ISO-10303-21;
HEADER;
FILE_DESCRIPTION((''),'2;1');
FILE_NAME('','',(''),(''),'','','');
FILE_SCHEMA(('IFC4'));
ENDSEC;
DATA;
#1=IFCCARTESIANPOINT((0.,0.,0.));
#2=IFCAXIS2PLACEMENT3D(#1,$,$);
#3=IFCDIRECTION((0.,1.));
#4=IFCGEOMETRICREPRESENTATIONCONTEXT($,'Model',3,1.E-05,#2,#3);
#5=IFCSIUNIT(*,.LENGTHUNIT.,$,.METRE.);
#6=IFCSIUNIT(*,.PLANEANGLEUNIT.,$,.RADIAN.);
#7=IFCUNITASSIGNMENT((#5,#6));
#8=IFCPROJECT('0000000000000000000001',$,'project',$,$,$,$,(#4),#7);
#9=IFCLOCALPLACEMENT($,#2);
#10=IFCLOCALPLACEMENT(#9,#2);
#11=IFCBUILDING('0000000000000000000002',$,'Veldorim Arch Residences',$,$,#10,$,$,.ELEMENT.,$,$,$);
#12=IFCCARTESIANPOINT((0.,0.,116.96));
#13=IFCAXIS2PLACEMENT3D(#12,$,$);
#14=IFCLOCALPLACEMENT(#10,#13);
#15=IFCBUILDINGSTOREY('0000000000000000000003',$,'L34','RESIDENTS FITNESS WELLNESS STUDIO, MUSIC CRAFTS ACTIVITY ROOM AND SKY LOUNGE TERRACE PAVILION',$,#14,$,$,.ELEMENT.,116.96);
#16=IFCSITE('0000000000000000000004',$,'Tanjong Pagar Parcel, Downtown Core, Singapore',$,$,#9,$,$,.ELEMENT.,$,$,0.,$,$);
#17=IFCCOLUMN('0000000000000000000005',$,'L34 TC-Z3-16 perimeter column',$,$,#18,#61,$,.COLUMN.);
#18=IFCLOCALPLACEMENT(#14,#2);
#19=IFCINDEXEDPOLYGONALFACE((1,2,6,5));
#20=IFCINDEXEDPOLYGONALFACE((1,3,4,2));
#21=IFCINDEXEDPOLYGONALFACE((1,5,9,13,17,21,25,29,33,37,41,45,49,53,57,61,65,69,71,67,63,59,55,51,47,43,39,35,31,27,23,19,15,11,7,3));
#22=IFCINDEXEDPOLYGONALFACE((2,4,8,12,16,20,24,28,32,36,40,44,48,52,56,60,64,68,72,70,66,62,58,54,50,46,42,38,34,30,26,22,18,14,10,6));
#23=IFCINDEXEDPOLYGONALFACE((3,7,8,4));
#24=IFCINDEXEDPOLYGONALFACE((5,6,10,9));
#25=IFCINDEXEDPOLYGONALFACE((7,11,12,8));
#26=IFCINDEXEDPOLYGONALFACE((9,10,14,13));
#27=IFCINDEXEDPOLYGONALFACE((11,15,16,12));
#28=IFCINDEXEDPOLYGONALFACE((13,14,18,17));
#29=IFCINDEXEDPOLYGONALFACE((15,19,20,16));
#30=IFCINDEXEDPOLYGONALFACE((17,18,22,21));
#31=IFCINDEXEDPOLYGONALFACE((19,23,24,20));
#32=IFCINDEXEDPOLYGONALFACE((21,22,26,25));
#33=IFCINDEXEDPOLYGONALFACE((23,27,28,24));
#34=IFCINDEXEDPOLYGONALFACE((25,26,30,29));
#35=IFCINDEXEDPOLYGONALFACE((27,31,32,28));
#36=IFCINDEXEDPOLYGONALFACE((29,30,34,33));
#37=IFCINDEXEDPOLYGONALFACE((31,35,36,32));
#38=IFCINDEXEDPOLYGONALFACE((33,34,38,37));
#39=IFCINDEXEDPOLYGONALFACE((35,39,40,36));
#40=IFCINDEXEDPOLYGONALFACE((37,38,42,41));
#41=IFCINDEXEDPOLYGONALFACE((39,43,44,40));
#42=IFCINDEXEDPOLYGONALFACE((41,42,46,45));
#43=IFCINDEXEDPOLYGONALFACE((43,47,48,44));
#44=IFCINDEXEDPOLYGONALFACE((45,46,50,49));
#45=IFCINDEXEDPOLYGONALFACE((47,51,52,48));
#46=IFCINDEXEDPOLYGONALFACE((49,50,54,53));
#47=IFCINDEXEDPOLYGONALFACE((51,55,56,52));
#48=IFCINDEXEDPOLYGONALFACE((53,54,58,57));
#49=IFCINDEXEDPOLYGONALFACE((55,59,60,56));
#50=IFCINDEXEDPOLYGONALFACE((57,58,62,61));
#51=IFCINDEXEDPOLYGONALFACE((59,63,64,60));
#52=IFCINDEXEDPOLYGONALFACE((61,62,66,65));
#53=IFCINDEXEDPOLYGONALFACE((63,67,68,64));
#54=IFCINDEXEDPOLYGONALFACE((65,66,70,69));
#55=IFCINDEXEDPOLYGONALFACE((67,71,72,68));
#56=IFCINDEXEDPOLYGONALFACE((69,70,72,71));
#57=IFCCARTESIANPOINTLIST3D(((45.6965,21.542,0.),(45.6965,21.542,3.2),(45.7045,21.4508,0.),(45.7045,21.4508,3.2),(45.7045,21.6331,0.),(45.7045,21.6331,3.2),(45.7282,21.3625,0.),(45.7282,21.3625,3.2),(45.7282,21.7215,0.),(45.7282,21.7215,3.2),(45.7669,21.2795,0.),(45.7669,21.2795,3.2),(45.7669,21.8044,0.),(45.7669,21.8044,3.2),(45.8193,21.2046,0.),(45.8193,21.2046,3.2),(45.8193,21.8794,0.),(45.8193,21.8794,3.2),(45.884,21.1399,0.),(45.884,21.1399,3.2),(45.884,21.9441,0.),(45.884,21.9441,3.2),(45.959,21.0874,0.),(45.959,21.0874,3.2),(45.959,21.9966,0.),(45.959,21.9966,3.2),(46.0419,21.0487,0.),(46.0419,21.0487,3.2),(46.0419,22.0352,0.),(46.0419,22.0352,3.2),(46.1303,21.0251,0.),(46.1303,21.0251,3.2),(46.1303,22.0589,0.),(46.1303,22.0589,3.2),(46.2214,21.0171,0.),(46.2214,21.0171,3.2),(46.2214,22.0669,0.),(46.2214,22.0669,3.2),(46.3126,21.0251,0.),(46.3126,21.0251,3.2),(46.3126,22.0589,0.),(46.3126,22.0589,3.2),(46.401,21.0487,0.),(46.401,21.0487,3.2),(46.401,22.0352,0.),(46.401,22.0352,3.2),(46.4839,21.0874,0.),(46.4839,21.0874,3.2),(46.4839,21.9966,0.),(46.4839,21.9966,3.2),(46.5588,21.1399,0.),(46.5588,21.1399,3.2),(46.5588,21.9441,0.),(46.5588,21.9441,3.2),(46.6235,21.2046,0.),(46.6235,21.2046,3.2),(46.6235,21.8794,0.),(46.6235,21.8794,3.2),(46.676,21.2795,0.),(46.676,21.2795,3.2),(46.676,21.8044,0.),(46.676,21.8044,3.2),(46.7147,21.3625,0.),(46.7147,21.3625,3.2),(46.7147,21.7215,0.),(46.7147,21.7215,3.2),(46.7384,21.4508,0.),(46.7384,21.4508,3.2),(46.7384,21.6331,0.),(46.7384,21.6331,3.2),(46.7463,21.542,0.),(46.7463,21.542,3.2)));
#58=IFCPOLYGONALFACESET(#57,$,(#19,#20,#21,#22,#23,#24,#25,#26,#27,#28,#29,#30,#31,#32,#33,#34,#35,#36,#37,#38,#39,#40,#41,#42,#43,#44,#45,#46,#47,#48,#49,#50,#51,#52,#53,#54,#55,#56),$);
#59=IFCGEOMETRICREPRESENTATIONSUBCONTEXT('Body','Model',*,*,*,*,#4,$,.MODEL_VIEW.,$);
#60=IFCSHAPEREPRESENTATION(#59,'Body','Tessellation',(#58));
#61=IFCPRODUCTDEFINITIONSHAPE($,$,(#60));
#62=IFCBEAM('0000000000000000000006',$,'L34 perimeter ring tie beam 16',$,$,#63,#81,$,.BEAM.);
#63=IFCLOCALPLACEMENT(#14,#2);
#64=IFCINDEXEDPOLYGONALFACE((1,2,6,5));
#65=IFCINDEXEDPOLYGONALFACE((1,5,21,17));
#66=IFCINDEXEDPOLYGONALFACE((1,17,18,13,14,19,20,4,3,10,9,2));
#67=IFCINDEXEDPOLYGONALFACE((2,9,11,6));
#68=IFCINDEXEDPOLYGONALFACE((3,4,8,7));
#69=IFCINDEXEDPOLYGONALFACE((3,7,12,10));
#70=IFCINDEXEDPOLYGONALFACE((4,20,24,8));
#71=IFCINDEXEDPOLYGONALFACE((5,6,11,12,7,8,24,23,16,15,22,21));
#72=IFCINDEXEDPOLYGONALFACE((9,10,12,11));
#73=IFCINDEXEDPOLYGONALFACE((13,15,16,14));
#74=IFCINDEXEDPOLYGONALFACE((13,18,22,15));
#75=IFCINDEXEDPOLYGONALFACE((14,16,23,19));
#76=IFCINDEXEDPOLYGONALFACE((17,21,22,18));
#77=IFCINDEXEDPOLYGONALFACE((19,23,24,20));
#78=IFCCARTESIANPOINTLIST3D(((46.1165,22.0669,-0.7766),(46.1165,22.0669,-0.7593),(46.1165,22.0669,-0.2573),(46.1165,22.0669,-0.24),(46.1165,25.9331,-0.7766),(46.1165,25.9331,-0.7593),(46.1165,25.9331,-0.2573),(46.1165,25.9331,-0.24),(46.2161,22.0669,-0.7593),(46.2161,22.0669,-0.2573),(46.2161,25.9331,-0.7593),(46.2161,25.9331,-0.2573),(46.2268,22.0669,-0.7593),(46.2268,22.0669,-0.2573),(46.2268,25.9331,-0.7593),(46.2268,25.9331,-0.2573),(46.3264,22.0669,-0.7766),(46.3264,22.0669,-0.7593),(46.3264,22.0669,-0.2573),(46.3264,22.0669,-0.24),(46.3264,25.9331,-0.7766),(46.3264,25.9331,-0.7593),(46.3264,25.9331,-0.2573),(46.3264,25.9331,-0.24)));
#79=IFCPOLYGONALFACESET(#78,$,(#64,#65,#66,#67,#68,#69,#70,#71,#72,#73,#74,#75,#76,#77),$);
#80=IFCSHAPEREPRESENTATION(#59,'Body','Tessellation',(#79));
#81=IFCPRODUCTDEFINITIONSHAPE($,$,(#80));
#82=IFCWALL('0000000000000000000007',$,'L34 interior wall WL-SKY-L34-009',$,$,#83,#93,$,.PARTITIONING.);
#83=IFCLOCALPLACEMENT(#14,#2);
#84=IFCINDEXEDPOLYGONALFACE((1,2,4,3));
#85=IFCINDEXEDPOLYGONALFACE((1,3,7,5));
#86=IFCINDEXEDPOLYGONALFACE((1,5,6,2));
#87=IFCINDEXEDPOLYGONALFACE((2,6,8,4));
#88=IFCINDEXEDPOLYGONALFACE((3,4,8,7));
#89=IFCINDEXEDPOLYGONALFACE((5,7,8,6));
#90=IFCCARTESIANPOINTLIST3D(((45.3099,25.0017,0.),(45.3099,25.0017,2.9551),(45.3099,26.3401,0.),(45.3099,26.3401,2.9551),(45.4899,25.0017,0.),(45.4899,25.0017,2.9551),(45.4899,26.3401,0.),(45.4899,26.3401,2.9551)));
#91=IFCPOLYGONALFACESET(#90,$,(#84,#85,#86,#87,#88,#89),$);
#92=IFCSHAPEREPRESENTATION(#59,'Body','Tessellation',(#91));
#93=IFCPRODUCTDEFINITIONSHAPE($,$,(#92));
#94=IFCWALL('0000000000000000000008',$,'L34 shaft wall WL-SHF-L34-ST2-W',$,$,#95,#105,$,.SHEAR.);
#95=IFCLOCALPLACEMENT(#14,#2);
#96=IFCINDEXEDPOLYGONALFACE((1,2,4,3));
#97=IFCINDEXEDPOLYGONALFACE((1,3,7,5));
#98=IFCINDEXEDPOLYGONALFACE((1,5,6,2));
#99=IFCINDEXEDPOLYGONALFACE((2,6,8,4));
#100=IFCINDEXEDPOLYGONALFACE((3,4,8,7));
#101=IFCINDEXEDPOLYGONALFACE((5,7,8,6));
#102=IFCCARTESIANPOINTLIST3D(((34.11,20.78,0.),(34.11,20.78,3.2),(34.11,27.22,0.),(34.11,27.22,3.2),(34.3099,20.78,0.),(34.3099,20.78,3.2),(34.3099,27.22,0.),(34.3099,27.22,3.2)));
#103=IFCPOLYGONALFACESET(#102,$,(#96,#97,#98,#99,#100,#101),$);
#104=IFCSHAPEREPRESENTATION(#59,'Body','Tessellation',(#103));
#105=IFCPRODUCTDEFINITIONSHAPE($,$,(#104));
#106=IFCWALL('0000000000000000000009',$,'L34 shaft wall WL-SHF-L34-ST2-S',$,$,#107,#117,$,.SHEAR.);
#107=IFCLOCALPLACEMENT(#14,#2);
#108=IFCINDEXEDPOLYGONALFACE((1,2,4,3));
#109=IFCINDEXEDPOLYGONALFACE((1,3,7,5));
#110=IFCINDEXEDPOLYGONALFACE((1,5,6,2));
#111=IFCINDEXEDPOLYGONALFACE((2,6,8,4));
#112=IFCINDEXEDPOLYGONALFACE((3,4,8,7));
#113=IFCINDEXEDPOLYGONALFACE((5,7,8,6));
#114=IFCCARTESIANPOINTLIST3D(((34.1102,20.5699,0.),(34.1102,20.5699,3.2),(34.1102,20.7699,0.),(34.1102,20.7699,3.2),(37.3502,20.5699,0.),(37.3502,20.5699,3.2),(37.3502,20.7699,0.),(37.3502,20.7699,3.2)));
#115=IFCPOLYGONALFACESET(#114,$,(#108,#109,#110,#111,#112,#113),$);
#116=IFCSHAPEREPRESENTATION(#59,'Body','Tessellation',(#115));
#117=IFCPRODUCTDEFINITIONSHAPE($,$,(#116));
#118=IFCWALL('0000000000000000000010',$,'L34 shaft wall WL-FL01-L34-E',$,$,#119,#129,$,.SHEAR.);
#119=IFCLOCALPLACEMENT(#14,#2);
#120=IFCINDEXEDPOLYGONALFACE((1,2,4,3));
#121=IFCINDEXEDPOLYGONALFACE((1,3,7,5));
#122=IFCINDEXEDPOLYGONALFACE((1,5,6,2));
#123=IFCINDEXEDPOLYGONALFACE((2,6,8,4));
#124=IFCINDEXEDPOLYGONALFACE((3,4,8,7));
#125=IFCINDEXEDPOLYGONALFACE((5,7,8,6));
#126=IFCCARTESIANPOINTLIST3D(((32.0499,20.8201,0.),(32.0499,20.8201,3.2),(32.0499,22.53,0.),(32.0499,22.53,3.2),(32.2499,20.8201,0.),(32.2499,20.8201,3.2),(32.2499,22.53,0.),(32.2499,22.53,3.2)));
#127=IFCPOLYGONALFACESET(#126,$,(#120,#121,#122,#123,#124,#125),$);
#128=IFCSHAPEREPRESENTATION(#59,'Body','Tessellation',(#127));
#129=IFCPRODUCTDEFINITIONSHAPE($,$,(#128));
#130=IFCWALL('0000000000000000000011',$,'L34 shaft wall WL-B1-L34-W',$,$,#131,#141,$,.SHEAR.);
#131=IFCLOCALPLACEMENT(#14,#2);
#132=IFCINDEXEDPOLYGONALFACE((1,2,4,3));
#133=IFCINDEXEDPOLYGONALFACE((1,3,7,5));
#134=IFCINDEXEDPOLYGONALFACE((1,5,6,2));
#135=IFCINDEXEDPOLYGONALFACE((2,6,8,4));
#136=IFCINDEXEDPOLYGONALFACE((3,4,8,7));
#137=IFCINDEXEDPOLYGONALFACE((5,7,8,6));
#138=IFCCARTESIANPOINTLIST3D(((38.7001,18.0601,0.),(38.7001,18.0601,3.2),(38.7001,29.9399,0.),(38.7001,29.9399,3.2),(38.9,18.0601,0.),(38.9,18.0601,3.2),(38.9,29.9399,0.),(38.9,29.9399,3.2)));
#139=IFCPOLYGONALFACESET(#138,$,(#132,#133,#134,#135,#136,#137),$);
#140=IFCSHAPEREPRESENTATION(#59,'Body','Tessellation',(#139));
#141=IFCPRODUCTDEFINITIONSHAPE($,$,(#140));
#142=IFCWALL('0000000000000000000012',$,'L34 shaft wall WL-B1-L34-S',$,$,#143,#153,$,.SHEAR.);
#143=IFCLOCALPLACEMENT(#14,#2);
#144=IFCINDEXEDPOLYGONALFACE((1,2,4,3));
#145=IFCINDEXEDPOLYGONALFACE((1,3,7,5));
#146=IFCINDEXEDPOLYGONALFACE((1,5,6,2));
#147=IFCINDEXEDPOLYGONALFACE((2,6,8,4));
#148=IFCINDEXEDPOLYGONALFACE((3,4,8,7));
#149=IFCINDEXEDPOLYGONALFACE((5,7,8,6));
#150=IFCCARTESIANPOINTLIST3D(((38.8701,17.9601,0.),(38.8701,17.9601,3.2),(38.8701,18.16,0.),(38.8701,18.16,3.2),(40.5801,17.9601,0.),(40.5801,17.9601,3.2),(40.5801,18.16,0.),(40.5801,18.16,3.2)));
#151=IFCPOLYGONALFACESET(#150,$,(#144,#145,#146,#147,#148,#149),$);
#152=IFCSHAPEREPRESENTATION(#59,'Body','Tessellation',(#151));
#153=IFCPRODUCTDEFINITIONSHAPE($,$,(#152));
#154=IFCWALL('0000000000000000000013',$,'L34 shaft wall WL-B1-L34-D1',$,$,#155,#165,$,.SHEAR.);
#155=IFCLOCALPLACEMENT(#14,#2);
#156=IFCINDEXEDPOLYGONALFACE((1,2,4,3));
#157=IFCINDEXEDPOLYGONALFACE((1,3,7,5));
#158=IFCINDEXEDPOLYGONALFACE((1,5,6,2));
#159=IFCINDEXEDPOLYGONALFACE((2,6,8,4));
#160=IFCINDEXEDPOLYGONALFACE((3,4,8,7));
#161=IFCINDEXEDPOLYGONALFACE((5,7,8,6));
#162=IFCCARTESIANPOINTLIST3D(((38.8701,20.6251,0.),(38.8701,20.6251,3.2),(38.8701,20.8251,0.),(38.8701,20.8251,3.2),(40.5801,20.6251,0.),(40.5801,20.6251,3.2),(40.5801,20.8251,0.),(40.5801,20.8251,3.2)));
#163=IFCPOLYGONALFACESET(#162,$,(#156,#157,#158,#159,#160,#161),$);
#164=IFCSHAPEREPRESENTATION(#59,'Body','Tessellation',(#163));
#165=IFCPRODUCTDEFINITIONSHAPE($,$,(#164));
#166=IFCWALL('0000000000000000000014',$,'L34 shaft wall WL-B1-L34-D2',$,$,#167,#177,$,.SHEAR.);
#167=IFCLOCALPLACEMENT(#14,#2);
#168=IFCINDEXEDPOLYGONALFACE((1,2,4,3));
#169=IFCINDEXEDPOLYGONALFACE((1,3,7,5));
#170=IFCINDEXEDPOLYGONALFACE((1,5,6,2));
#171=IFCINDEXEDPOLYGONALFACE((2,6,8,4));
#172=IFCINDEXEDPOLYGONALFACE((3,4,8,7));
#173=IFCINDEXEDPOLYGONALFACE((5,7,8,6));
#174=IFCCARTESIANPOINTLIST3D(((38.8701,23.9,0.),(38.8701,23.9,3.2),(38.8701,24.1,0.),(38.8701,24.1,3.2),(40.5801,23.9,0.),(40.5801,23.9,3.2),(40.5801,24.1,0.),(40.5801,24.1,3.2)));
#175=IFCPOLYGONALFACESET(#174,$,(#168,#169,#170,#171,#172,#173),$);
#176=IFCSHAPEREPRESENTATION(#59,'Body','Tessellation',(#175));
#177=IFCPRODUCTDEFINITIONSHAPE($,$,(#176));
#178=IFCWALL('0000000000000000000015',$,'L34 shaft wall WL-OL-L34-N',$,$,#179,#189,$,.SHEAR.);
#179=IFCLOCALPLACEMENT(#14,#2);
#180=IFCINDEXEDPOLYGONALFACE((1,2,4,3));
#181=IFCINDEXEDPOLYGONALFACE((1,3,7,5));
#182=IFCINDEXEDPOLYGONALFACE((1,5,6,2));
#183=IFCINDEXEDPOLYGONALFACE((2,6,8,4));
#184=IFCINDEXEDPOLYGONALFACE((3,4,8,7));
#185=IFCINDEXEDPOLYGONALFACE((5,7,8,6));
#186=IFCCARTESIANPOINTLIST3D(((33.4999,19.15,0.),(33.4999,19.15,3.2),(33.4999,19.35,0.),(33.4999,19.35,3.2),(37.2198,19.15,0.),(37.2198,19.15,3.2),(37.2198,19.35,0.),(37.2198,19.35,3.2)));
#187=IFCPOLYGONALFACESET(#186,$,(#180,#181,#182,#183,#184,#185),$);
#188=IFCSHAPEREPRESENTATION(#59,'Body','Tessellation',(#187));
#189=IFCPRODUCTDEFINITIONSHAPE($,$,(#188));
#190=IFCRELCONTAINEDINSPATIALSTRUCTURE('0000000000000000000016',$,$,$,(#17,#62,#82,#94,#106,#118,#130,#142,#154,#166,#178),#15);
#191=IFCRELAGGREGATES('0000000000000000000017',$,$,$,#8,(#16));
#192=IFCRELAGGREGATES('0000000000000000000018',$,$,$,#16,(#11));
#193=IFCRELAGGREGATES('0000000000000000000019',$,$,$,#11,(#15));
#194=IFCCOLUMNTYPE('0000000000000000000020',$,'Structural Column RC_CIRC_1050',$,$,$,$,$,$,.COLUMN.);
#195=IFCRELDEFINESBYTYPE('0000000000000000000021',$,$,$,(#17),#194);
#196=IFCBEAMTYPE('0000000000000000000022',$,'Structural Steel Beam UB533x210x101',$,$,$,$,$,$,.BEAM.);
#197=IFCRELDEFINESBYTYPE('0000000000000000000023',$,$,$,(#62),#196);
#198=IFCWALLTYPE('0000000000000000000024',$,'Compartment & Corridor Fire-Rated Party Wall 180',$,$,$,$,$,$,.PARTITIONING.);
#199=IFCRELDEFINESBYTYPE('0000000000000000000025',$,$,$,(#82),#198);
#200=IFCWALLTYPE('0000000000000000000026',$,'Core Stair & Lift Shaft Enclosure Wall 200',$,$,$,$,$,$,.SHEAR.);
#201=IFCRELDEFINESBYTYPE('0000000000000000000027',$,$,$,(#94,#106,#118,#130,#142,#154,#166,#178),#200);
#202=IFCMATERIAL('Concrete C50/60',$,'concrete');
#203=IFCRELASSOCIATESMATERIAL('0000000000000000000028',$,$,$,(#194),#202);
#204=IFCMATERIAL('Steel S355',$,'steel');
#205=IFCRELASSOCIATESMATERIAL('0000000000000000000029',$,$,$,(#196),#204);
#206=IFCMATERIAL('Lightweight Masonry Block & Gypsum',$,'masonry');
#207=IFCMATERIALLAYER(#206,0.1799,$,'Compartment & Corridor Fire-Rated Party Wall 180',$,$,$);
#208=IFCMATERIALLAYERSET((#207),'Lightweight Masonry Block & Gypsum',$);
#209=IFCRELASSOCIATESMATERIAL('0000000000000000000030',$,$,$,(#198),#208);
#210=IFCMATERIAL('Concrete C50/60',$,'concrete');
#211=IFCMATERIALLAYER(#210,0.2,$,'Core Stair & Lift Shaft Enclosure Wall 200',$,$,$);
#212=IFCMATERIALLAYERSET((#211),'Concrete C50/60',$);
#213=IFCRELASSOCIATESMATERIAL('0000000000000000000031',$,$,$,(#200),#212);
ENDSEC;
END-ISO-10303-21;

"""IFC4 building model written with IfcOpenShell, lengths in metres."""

from ifc_helpers import new_model, si_unit, direction, frame, frame_2d, origin, origin_2d, place, context, subcontext, project, spatial, rectangle, circle, i_section, extrude, material, layer, layer_set, material_profile, profile_set, type_object, element, save


model = new_model("IFC4")

# Units and contexts
model_context = context("Model", 3, precision=1e-05, world=origin(), true_north=direction((0.0, 1.0)))
body_context = subcontext(model_context, "Body", "Model", "MODEL_VIEW")
ifc_project = project(units=[si_unit("LENGTHUNIT", "METRE"), si_unit("PLANEANGLEUNIT", "RADIAN")], contexts=[model_context])

# Site, building, storey
site_placement = place(None, origin())
site = spatial("IfcSite", under=ifc_project, at=site_placement, Name="Tanjong Pagar Parcel, Downtown Core, Singapore", CompositionType="ELEMENT", RefElevation=0.0)
building_placement = place(site_placement, origin())
building = spatial("IfcBuilding", under=site, at=building_placement, Name="Veldorim Arch Residences", CompositionType="ELEMENT")
storey_placement = place(building_placement, frame((0.0, 0.0, 116.96)))
storey = spatial("IfcBuildingStorey", under=building, at=storey_placement, Name="L34", Description="RESIDENTS FITNESS WELLNESS STUDIO, MUSIC CRAFTS ACTIVITY ROOM AND SKY LOUNGE TERRACE PAVILION", CompositionType="ELEMENT", Elevation=116.96)

# Column
ifc_material_1 = material(Name="Concrete C50/60", Category="concrete")
ifc_material_profile_1 = material_profile(ifc_material_1, circle(Radius=0.5249, at=origin_2d()), Name="RC_CIRC_1050")
ifc_profile_set_1 = profile_set([ifc_material_profile_1], Name="Concrete C50/60")
column_type = type_object("IfcColumnType", Name="Structural Column RC_CIRC_1050", PredefinedType="COLUMN", material=ifc_profile_set_1)
column_placement = place(storey_placement, frame((46.2214, 21.542, 0.0), z_axis=(0.0, 0.0, 1.0), x_axis=(1.0, 0.0, 0.0)))
element("IfcColumn", 1, at=column_placement, inside=storey, type_object=column_type, Name="L34 TC-Z3-16 perimeter column", PredefinedType="COLUMN", context=body_context, shape_type="SweptSolid", body=[
    extrude(circle(Radius=0.5249, at=origin_2d()), origin(), (0.0, 0.0, 1.0), 3.2),
])

# Beam
ifc_material_2 = material(Name="Steel S355", Category="steel")
ifc_material_profile_2 = material_profile(ifc_material_2, i_section(OverallWidth=0.21, OverallDepth=0.5366, WebThickness=0.0107, FlangeThickness=0.0173, at=origin_2d()), Name="UB533x210x101")
ifc_profile_set_2 = profile_set([ifc_material_profile_2], Name="Steel S355")
beam_type = type_object("IfcBeamType", Name="Structural Steel Beam UB533x210x101", PredefinedType="BEAM", material=ifc_profile_set_2)
beam_placement = place(storey_placement, frame((46.2214, 22.0669, -0.5083), z_axis=(0.0, 1.0, 0.0), x_axis=(-1.0, 0.0, 0.0)))
element("IfcBeam", 2, at=beam_placement, inside=storey, type_object=beam_type, Name="L34 perimeter ring tie beam 16", PredefinedType="BEAM", context=body_context, shape_type="SweptSolid", body=[
    extrude(i_section(OverallWidth=0.21, OverallDepth=0.5366, WebThickness=0.0107, FlangeThickness=0.0173, at=origin_2d()), origin(), (0.0, 0.0, 1.0), 3.8662),
])

# Walls
ifc_material_3 = material(Name="Lightweight Masonry Block & Gypsum", Category="masonry")
ifc_layer_1 = layer(ifc_material_3, 0.1799, Name="Compartment & Corridor Fire-Rated Party Wall 180")
ifc_layer_set_1 = layer_set([ifc_layer_1], Name="Lightweight Masonry Block & Gypsum")
wall_type_1 = type_object("IfcWallType", Name="Compartment & Corridor Fire-Rated Party Wall 180", PredefinedType="PARTITIONING", material=ifc_layer_set_1)
wall_1_placement = place(storey_placement, frame((45.3999, 26.3401, 0.0), z_axis=(0.0, 0.0, 1.0), x_axis=(0.0, -1.0, 0.0)))
element("IfcWall", 3, at=wall_1_placement, inside=storey, type_object=wall_type_1, Name="L34 interior wall WL-SKY-L34-009", PredefinedType="PARTITIONING", context=body_context, shape_type="SweptSolid", body=[
    extrude(rectangle(XDim=1.3384, YDim=0.1799, at=frame_2d((0.6692, 0.0))), origin(), (0.0, 0.0, 1.0), 2.9551),
])
ifc_material_4 = material(Name="Concrete C50/60", Category="concrete")
ifc_layer_2 = layer(ifc_material_4, 0.2, Name="Core Stair & Lift Shaft Enclosure Wall 200")
ifc_layer_set_2 = layer_set([ifc_layer_2], Name="Concrete C50/60")
wall_type_2 = type_object("IfcWallType", Name="Core Stair & Lift Shaft Enclosure Wall 200", PredefinedType="SHEAR", material=ifc_layer_set_2)
wall_2_placement = place(storey_placement, frame((34.21, 20.78, 0.0), z_axis=(0.0, 0.0, 1.0), x_axis=(0.0, 1.0, 0.0)))
element("IfcWall", 4, at=wall_2_placement, inside=storey, type_object=wall_type_2, Name="L34 shaft wall WL-SHF-L34-ST2-W", PredefinedType="SHEAR", context=body_context, shape_type="SweptSolid", body=[
    extrude(rectangle(XDim=6.4399, YDim=0.2, at=frame_2d((3.22, 0.0))), origin(), (0.0, 0.0, 1.0), 3.2),
])
wall_3_placement = place(storey_placement, frame((34.1101, 20.6699, 0.0), z_axis=(0.0, 0.0, 1.0), x_axis=(1.0, 0.0, 0.0)))
element("IfcWall", 5, at=wall_3_placement, inside=storey, type_object=wall_type_2, Name="L34 shaft wall WL-SHF-L34-ST2-S", PredefinedType="SHEAR", context=body_context, shape_type="SweptSolid", body=[
    extrude(rectangle(XDim=3.24, YDim=0.2, at=frame_2d((1.6201, 0.0))), origin(), (0.0, 0.0, 1.0), 3.2),
])
wall_4_placement = place(storey_placement, frame((32.1499, 20.8201, 0.0), z_axis=(0.0, 0.0, 1.0), x_axis=(0.0, 1.0, 0.0)))
element("IfcWall", 6, at=wall_4_placement, inside=storey, type_object=wall_type_2, Name="L34 shaft wall WL-FL01-L34-E", PredefinedType="SHEAR", context=body_context, shape_type="SweptSolid", body=[
    extrude(rectangle(XDim=1.71, YDim=0.2, at=frame_2d((0.855, 0.0))), origin(), (0.0, 0.0, 1.0), 3.2),
])
wall_5_placement = place(storey_placement, frame((38.8, 18.0601, 0.0), z_axis=(0.0, 0.0, 1.0), x_axis=(0.0, 1.0, 0.0)))
element("IfcWall", 7, at=wall_5_placement, inside=storey, type_object=wall_type_2, Name="L34 shaft wall WL-B1-L34-W", PredefinedType="SHEAR", context=body_context, shape_type="SweptSolid", body=[
    extrude(rectangle(XDim=11.8799, YDim=0.2, at=frame_2d((5.9399, 0.0))), origin(), (0.0, 0.0, 1.0), 3.2),
])
for number, where, z_axis, x_axis, name in (
    (8, (38.8701, 18.0601, 0.0), (0.0, 0.0, 1.0), (1.0, 0.0, 0.0), "L34 shaft wall WL-B1-L34-S"),
    (9, (38.8701, 20.7251, 0.0), (0.0, 0.0, 1.0), (1.0, 0.0, 0.0), "L34 shaft wall WL-B1-L34-D1"),
    (10, (38.8701, 24.0, 0.0), (0.0, 0.0, 1.0), (1.0, 0.0, 0.0), "L34 shaft wall WL-B1-L34-D2"),
):
    element("IfcWall", number, at=place(storey_placement, frame(where, z_axis=z_axis, x_axis=x_axis)), inside=storey, type_object=wall_type_2, Name=name, PredefinedType="SHEAR", context=body_context, shape_type="SweptSolid", body=[
        extrude(rectangle(XDim=1.71, YDim=0.2, at=frame_2d((0.855, 0.0))), origin(), (0.0, 0.0, 1.0), 3.2),
    ])
wall_6_placement = place(storey_placement, frame((33.5, 19.25, 0.0), z_axis=(0.0, 0.0, 1.0), x_axis=(1.0, 0.0, 0.0)))
element("IfcWall", 11, at=wall_6_placement, inside=storey, type_object=wall_type_2, Name="L34 shaft wall WL-OL-L34-N", PredefinedType="SHEAR", context=body_context, shape_type="SweptSolid", body=[
    extrude(rectangle(XDim=3.72, YDim=0.2, at=frame_2d((1.8599, 0.0))), origin(), (0.0, 0.0, 1.0), 3.2),
])

save(model, "model.ifc")
